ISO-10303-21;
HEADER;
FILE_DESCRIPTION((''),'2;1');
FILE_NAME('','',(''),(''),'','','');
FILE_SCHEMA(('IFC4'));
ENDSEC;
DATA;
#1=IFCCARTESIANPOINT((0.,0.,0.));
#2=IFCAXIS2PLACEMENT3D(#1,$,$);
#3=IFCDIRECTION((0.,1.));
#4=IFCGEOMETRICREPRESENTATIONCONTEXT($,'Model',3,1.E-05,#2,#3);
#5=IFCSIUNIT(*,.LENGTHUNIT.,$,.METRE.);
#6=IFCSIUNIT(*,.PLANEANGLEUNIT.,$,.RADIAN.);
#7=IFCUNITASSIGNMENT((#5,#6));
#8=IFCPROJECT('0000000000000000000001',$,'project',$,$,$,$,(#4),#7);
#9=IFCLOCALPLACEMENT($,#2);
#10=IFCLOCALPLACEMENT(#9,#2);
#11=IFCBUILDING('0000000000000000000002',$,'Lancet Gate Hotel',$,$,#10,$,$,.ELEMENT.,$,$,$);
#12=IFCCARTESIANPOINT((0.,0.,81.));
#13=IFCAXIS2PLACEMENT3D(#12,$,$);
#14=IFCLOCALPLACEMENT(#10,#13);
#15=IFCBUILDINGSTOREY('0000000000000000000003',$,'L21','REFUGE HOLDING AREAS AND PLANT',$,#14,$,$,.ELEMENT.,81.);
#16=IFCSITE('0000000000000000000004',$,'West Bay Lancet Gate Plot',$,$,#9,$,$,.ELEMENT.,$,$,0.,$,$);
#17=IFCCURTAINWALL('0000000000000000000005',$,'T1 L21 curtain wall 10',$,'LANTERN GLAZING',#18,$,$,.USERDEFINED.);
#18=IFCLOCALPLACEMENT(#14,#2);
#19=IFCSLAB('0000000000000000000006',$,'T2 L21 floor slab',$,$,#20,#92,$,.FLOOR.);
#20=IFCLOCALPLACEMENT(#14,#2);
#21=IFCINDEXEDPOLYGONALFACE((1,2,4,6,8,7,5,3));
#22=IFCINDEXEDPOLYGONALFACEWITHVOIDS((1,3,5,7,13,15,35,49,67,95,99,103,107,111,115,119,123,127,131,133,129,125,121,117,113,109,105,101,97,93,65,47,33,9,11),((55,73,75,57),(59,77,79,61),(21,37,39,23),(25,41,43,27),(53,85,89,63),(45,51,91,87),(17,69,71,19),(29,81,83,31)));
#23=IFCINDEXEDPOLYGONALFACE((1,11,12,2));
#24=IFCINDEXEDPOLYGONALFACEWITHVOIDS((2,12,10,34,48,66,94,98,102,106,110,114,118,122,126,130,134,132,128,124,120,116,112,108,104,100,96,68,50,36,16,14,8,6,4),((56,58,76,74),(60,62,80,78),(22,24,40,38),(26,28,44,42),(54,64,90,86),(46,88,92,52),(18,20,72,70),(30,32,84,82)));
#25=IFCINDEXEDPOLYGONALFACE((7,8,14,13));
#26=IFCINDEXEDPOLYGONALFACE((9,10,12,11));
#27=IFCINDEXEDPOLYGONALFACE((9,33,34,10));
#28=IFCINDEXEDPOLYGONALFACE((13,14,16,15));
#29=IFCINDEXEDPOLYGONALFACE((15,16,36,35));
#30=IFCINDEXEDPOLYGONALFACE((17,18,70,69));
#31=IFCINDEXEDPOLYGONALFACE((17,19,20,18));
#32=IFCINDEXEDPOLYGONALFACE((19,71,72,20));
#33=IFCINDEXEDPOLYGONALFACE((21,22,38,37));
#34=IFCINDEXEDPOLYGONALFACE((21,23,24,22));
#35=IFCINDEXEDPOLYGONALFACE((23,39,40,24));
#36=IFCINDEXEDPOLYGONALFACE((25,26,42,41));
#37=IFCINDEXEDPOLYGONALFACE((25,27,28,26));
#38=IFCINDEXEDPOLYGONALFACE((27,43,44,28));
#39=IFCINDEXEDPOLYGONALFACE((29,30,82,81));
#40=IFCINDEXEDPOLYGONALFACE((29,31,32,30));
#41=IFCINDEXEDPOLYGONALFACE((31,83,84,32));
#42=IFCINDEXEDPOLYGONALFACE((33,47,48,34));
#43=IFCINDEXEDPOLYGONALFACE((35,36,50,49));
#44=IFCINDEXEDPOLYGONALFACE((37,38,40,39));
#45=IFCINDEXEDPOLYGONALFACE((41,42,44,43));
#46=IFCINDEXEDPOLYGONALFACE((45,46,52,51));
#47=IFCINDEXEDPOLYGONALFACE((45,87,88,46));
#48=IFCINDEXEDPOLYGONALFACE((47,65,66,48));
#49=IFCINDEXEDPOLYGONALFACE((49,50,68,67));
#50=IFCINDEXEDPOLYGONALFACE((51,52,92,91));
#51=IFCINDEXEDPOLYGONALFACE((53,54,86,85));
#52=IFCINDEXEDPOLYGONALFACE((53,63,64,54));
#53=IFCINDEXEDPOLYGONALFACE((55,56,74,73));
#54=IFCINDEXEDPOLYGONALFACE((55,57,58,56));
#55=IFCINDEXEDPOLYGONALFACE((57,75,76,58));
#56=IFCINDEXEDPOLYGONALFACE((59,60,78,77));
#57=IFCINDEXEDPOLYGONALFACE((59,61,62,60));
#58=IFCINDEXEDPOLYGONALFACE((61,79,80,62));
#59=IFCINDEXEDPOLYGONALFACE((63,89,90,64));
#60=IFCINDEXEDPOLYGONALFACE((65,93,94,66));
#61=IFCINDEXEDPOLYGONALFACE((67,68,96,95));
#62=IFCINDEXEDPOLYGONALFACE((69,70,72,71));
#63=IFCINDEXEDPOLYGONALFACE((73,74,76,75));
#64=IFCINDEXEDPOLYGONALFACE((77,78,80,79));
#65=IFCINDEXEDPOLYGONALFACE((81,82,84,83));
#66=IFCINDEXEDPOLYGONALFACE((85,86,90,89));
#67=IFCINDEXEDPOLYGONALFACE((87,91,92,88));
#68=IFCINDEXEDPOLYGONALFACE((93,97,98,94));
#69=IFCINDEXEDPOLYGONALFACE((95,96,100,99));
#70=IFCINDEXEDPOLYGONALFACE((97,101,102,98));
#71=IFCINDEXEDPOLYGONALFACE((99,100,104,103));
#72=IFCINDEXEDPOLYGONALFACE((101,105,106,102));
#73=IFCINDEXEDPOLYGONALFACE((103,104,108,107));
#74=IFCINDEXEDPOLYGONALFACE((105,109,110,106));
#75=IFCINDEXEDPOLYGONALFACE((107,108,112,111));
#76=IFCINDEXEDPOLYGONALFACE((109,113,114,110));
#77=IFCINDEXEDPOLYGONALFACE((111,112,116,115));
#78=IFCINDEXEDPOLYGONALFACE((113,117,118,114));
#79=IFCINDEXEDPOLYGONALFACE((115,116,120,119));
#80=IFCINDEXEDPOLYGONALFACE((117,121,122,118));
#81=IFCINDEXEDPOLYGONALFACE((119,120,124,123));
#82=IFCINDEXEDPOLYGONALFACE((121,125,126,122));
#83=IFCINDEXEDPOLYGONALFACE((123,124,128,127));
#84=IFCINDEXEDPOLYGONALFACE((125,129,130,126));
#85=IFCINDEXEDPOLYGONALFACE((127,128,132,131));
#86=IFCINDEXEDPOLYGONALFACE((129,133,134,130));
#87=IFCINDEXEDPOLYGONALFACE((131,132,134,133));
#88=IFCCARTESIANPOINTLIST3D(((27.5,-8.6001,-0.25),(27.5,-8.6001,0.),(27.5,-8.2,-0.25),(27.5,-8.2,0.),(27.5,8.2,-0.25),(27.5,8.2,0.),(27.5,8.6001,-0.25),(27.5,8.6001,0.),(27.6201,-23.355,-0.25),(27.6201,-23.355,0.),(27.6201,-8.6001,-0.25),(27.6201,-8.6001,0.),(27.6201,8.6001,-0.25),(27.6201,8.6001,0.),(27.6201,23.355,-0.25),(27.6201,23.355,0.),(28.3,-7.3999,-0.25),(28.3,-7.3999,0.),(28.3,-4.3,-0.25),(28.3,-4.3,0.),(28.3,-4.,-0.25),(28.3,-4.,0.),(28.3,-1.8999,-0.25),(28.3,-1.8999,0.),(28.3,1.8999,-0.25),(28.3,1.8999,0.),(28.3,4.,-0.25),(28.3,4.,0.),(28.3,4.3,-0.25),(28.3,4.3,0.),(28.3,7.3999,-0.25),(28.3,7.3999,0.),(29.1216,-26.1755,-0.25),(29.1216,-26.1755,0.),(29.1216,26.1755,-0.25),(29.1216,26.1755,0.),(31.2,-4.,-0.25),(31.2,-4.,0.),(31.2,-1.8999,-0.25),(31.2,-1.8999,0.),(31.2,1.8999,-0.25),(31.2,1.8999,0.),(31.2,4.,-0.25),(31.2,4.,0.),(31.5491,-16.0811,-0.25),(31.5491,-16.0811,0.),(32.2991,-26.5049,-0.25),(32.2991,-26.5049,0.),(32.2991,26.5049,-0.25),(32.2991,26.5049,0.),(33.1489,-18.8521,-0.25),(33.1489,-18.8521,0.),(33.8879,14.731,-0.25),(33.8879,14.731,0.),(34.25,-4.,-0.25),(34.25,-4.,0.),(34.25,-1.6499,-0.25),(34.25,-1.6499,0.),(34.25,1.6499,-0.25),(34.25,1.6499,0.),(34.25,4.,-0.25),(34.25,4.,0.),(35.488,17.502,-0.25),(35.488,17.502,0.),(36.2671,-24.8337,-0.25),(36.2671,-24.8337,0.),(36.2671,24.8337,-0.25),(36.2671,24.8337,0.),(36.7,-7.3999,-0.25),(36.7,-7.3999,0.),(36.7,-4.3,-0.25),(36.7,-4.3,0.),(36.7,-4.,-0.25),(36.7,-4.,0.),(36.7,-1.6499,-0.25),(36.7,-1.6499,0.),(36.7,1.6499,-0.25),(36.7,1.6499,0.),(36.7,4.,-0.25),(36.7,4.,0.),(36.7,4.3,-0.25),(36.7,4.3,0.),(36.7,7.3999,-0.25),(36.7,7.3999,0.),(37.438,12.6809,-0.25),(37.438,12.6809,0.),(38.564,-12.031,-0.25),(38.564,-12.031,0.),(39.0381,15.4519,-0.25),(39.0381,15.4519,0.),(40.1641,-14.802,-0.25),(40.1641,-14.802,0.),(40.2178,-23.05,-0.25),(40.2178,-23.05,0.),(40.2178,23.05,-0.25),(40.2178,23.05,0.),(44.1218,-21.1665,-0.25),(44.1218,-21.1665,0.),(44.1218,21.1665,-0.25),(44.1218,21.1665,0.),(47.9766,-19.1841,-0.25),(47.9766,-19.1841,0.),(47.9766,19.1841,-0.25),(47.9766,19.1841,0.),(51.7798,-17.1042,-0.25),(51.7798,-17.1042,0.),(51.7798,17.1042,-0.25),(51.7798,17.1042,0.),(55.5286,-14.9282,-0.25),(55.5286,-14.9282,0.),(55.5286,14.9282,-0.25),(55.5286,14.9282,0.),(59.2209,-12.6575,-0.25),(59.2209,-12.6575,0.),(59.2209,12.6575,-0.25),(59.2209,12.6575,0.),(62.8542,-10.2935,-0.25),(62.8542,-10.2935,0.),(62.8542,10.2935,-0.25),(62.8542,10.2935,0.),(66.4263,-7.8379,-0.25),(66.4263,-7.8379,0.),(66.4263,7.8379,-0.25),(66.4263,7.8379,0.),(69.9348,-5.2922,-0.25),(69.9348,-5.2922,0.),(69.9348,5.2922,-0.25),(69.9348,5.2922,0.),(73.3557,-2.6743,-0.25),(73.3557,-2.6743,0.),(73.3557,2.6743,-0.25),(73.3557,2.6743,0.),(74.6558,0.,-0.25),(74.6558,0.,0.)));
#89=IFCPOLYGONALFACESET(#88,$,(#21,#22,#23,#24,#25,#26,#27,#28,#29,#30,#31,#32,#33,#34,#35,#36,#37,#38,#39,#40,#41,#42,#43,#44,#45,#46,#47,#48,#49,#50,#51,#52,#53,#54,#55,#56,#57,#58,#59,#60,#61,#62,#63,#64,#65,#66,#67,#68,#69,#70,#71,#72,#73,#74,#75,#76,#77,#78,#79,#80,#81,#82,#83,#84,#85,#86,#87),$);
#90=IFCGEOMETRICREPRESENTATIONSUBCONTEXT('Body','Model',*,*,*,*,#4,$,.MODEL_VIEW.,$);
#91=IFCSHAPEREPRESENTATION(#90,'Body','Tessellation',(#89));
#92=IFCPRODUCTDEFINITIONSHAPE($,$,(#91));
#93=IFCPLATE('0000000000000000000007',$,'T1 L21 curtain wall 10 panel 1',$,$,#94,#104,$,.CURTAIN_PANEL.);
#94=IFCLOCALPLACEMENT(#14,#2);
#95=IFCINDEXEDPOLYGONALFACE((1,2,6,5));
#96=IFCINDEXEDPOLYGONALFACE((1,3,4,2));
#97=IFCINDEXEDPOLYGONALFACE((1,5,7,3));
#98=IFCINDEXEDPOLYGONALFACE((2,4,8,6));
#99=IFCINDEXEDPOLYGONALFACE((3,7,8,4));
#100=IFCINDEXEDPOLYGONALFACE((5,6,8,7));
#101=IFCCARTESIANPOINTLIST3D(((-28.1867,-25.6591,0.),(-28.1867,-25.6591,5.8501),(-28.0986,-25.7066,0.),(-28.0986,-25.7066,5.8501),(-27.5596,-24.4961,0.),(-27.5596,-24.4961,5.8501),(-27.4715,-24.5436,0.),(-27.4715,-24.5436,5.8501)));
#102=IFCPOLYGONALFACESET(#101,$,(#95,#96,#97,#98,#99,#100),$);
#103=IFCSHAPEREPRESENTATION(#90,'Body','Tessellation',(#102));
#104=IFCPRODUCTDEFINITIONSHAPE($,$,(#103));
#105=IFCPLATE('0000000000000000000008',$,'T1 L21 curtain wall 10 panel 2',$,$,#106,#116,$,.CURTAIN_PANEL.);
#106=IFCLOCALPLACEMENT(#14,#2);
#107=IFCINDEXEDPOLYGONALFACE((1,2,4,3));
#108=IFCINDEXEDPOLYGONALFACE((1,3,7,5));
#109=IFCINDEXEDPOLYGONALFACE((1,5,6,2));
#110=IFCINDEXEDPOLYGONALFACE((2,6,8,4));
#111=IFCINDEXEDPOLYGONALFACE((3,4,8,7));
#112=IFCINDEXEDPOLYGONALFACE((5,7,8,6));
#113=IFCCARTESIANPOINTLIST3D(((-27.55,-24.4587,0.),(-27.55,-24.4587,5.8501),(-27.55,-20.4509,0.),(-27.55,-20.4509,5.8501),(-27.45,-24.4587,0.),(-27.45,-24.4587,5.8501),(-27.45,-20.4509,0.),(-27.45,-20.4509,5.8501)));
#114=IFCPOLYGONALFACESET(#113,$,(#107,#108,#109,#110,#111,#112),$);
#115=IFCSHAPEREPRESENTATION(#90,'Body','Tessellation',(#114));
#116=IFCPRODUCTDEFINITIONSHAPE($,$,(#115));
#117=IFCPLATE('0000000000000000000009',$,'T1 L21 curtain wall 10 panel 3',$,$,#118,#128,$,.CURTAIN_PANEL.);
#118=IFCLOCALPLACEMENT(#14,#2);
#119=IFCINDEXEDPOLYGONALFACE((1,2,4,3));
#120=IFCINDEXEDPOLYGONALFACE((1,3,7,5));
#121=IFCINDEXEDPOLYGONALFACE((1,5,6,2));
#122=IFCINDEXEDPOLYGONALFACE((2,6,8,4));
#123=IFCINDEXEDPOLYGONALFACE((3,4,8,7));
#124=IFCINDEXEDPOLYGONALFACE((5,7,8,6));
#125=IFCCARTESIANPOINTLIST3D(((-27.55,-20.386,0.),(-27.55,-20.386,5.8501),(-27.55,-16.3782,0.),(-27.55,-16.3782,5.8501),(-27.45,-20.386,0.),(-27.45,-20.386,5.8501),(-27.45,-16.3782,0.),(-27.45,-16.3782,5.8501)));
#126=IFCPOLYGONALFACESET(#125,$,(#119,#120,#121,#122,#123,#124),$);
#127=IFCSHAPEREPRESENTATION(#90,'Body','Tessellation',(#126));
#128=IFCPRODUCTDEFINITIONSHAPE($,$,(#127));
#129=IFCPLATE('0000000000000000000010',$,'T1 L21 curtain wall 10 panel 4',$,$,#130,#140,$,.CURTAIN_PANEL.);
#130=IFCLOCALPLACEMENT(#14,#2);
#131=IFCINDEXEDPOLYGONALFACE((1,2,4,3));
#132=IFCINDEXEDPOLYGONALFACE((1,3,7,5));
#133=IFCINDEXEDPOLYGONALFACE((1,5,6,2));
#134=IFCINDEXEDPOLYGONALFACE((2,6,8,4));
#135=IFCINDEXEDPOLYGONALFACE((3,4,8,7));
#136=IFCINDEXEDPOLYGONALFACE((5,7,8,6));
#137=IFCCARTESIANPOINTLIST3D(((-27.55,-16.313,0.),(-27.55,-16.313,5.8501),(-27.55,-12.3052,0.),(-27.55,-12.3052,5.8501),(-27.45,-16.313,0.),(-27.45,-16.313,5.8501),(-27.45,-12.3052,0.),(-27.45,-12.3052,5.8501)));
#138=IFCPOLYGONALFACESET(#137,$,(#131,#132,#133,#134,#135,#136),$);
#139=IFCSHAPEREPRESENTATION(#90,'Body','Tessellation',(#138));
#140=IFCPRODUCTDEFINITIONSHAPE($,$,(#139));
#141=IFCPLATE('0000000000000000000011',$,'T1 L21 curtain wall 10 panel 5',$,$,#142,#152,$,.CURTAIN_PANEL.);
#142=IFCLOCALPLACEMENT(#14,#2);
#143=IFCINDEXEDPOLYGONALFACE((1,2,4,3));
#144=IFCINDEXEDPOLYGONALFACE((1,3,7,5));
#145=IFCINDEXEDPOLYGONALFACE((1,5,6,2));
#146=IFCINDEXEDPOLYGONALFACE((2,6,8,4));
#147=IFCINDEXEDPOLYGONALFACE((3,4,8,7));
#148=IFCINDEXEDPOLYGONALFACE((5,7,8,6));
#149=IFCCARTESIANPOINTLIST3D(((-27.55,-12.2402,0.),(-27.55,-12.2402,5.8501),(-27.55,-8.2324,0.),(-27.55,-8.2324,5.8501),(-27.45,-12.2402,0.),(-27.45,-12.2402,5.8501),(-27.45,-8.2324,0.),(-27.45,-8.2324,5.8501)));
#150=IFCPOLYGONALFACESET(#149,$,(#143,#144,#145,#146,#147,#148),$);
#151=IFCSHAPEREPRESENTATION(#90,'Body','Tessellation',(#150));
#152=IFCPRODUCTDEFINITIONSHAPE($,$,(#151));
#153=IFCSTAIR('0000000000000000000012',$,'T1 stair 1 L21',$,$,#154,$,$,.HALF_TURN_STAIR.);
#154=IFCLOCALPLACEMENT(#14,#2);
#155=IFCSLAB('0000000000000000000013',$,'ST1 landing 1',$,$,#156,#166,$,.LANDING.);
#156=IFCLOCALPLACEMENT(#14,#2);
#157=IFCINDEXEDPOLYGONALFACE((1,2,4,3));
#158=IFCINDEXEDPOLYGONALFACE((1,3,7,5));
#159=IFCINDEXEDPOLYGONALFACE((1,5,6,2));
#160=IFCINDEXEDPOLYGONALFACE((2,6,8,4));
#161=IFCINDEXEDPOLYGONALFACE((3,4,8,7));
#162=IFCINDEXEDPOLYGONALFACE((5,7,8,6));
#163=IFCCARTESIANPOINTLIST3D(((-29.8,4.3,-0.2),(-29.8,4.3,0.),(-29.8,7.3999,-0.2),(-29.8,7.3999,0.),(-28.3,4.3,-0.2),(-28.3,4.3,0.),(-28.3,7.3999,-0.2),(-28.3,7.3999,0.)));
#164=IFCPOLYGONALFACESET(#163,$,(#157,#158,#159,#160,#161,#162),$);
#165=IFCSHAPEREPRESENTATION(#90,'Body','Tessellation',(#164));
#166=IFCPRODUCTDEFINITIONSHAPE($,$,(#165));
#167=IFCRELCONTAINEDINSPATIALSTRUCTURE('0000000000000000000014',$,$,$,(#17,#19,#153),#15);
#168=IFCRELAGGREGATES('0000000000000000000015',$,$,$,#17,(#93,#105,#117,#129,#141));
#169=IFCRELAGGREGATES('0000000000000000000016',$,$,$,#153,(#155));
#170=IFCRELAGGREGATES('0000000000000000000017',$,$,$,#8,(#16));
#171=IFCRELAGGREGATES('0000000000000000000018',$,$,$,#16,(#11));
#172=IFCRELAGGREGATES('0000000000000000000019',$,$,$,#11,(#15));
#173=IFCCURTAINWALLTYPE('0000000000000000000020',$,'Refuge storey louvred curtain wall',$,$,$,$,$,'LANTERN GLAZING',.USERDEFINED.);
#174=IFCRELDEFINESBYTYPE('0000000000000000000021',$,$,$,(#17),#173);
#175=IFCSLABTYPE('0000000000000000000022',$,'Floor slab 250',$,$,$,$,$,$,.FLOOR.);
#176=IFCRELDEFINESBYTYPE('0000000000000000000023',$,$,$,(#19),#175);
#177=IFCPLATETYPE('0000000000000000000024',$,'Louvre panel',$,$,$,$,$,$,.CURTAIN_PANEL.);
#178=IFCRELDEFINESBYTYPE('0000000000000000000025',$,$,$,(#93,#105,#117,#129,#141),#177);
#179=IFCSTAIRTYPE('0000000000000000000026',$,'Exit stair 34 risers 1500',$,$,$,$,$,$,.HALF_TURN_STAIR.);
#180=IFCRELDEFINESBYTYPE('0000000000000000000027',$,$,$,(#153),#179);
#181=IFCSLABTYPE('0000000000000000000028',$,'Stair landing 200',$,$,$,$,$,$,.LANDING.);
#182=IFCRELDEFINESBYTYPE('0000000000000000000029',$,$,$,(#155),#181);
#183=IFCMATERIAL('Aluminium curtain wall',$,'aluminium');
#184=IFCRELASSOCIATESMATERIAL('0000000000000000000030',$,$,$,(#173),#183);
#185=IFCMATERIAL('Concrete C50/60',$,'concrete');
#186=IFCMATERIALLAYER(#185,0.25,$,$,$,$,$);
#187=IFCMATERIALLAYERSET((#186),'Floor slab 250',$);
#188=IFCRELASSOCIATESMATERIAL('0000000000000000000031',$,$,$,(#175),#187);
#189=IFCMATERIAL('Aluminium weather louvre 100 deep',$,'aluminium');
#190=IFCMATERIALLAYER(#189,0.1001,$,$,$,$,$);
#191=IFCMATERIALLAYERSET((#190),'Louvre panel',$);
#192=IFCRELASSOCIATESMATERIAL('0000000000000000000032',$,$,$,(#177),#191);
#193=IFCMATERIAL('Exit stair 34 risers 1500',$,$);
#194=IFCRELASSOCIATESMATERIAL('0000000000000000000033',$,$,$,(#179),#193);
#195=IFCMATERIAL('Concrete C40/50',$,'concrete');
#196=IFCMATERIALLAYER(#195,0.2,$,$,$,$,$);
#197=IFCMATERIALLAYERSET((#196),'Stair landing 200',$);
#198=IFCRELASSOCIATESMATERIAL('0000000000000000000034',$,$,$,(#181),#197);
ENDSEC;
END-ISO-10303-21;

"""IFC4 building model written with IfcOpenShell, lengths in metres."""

from ifc_helpers import new_model, si_unit, direction, frame, origin, origin_2d, place, context, subcontext, project, spatial, polyline, rectangle, outline, extrude, material, layer, layer_set, type_object, element, aggregate, save


model = new_model("IFC4")

# Units and contexts
model_context = context("Model", 3, precision=1e-05, world=origin(), true_north=direction((0.0, 1.0)))
body_context = subcontext(model_context, "Body", "Model", "MODEL_VIEW")
ifc_project = project(units=[si_unit("LENGTHUNIT", "METRE"), si_unit("PLANEANGLEUNIT", "RADIAN")], contexts=[model_context])

# Site, building, storey
site_placement = place(None, origin())
site = spatial("IfcSite", under=ifc_project, at=site_placement, Name="West Bay Lancet Gate Plot", CompositionType="ELEMENT", RefElevation=0.0)
building_placement = place(site_placement, origin())
building = spatial("IfcBuilding", under=site, at=building_placement, Name="Lancet Gate Hotel", CompositionType="ELEMENT")
storey_placement = place(building_placement, frame((0.0, 0.0, 81.0)))
storey = spatial("IfcBuildingStorey", under=building, at=storey_placement, Name="L21", Description="REFUGE HOLDING AREAS AND PLANT", CompositionType="ELEMENT", Elevation=81.0)

# Curtain wall
ifc_material_1 = material(Name="Aluminium curtain wall", Category="aluminium")
curtain_wall_type = type_object("IfcCurtainWallType", Name="Refuge storey louvred curtain wall", ElementType="LANTERN GLAZING", PredefinedType="USERDEFINED", material=ifc_material_1)
curtain_wall_placement = place(storey_placement, origin())
curtain_wall = element("IfcCurtainWall", 1, at=curtain_wall_placement, inside=storey, type_object=curtain_wall_type, Name="T1 L21 curtain wall 10", ObjectType="LANTERN GLAZING", PredefinedType="USERDEFINED")

# Slab
ifc_material_2 = material(Name="Concrete C50/60", Category="concrete")
ifc_layer_1 = layer(ifc_material_2, 0.25)
ifc_layer_set_1 = layer_set([ifc_layer_1], Name="Floor slab 250")
slab_type_1 = type_object("IfcSlabType", Name="Floor slab 250", PredefinedType="FLOOR", material=ifc_layer_set_1)
slab_1_placement = place(storey_placement, frame((0.0, 0.0, -0.25)))
element("IfcSlab", 2, at=slab_1_placement, inside=storey, type_object=slab_type_1, Name="T2 L21 floor slab", PredefinedType="FLOOR", context=body_context, shape_type="SweptSolid", body=[
    extrude(outline(polyline([(27.5, -8.6001), (27.6201, -8.6001), (27.6201, -23.355), (29.1216, -26.1755), (32.2991, -26.5049), (36.2671, -24.8337), (40.2178, -23.05), (44.1218, -21.1665), (47.9766, -19.1841), (51.7798, -17.1042), (55.5286, -14.9282), (59.2209, -12.6575), (62.8542, -10.2935), (66.4263, -7.8379), (69.9348, -5.2922), (73.3557, -2.6743), (74.6558, 0.0), (73.3557, 2.6743), (69.9348, 5.2922), (66.4263, 7.8379), (62.8542, 10.2935), (59.2209, 12.6575), (55.5286, 14.9282), (51.7798, 17.1042), (47.9766, 19.1841), (44.1218, 21.1665), (40.2178, 23.05), (36.2671, 24.8337), (32.2991, 26.5049), (29.1216, 26.1755), (27.6201, 23.355), (27.6201, 8.6001), (27.5, 8.6001), (27.5, 8.2), (27.5, -8.2), (27.5, -8.6001)]), holes=[polyline([(36.7, -7.3999), (36.7, -4.3), (28.3, -4.3), (28.3, -7.3999), (36.7, -7.3999)]), polyline([(28.3, -4.0), (31.2, -4.0), (31.2, -1.8999), (28.3, -1.8999), (28.3, -4.0)]), polyline([(34.25, -4.0), (36.7, -4.0), (36.7, -1.6499), (34.25, -1.6499), (34.25, -4.0)]), polyline([(36.7, 1.6499), (36.7, 4.0), (34.25, 4.0), (34.25, 1.6499), (36.7, 1.6499)]), polyline([(28.3, 1.8999), (31.2, 1.8999), (31.2, 4.0), (28.3, 4.0), (28.3, 1.8999)]), polyline([(28.3, 4.3), (36.7, 4.3), (36.7, 7.3999), (28.3, 7.3999), (28.3, 4.3)]), polyline([(31.5491, -16.0811), (33.1489, -18.8521), (40.1641, -14.802), (38.564, -12.031), (31.5491, -16.0811)]), polyline([(33.8879, 14.731), (37.438, 12.6809), (39.0381, 15.4519), (35.488, 17.502), (33.8879, 14.731)])]), origin(), (0.0, 0.0, 1.0), 0.25),
])

# Plates
ifc_material_3 = material(Name="Aluminium weather louvre 100 deep", Category="aluminium")
ifc_layer_2 = layer(ifc_material_3, 0.1001)
ifc_layer_set_2 = layer_set([ifc_layer_2], Name="Louvre panel")
plate_type = type_object("IfcPlateType", Name="Louvre panel", PredefinedType="CURTAIN_PANEL", material=ifc_layer_set_2)
plate_1_placement = place(storey_placement, frame((-27.8291, -25.1013, 0.0), z_axis=(0.0, 0.0, 1.0), x_axis=(0.474631, 0.880185, 0.0)))
plate_1 = element("IfcPlate", 3, at=plate_1_placement, type_object=plate_type, Name="T1 L21 curtain wall 10 panel 1", PredefinedType="CURTAIN_PANEL", context=body_context, shape_type="SweptSolid", body=[
    extrude(rectangle(XDim=1.3213, YDim=0.1001, at=origin_2d()), origin(), (0.0, 0.0, 1.0), 5.8501),
])
plate_2_placement = place(storey_placement, frame((-27.5, -22.4548, 0.0), z_axis=(0.0, 0.0, 1.0), x_axis=(0.0, 1.0, 0.0)))
plate_2 = element("IfcPlate", 4, at=plate_2_placement, type_object=plate_type, Name="T1 L21 curtain wall 10 panel 2", PredefinedType="CURTAIN_PANEL", context=body_context, shape_type="SweptSolid", body=[
    extrude(rectangle(XDim=4.0078, YDim=0.1001, at=origin_2d()), origin(), (0.0, 0.0, 1.0), 5.8501),
])
plate_3_placement = place(storey_placement, frame((-27.5, -18.3821, 0.0), z_axis=(0.0, 0.0, 1.0), x_axis=(0.0, 1.0, 0.0)))
plate_3 = element("IfcPlate", 5, at=plate_3_placement, type_object=plate_type, Name="T1 L21 curtain wall 10 panel 3", PredefinedType="CURTAIN_PANEL", context=body_context, shape_type="SweptSolid", body=[
    extrude(rectangle(XDim=4.0078, YDim=0.1001, at=origin_2d()), origin(), (0.0, 0.0, 1.0), 5.8501),
])
plate_4_placement = place(storey_placement, frame((-27.5, -14.3091, 0.0), z_axis=(0.0, 0.0, 1.0), x_axis=(0.0, 1.0, 0.0)))
plate_4 = element("IfcPlate", 6, at=plate_4_placement, type_object=plate_type, Name="T1 L21 curtain wall 10 panel 4", PredefinedType="CURTAIN_PANEL", context=body_context, shape_type="SweptSolid", body=[
    extrude(rectangle(XDim=4.0078, YDim=0.1001, at=origin_2d()), origin(), (0.0, 0.0, 1.0), 5.8501),
])
plate_5_placement = place(storey_placement, frame((-27.5, -10.2363, 0.0), z_axis=(0.0, 0.0, 1.0), x_axis=(0.0, 1.0, 0.0)))
plate_5 = element("IfcPlate", 7, at=plate_5_placement, type_object=plate_type, Name="T1 L21 curtain wall 10 panel 5", PredefinedType="CURTAIN_PANEL", context=body_context, shape_type="SweptSolid", body=[
    extrude(rectangle(XDim=4.0078, YDim=0.1001, at=origin_2d()), origin(), (0.0, 0.0, 1.0), 5.8501),
])
aggregate(curtain_wall, [plate_1, plate_2, plate_3, plate_4, plate_5])

# Stair, slab
ifc_material_4 = material(Name="Exit stair 34 risers 1500")
stair_type = type_object("IfcStairType", Name="Exit stair 34 risers 1500", PredefinedType="HALF_TURN_STAIR", material=ifc_material_4)
stair_placement = place(storey_placement, origin())
stair = element("IfcStair", 8, at=stair_placement, inside=storey, type_object=stair_type, Name="T1 stair 1 L21", PredefinedType="HALF_TURN_STAIR")
ifc_material_5 = material(Name="Concrete C40/50", Category="concrete")
ifc_layer_3 = layer(ifc_material_5, 0.2)
ifc_layer_set_3 = layer_set([ifc_layer_3], Name="Stair landing 200")
slab_type_2 = type_object("IfcSlabType", Name="Stair landing 200", PredefinedType="LANDING", material=ifc_layer_set_3)
slab_2_placement = place(storey_placement, frame((0.0, 0.0, -0.2)))
slab_2 = element("IfcSlab", 9, at=slab_2_placement, type_object=slab_type_2, Name="ST1 landing 1", PredefinedType="LANDING", context=body_context, shape_type="SweptSolid", body=[
    extrude(outline(polyline([(-28.3, 7.3999), (-29.8, 7.3999), (-29.8, 4.3), (-28.3, 4.3), (-28.3, 7.3999)])), origin(), (0.0, 0.0, 1.0), 0.2),
])
aggregate(stair, [slab_2])

save(model, "model.ifc")
